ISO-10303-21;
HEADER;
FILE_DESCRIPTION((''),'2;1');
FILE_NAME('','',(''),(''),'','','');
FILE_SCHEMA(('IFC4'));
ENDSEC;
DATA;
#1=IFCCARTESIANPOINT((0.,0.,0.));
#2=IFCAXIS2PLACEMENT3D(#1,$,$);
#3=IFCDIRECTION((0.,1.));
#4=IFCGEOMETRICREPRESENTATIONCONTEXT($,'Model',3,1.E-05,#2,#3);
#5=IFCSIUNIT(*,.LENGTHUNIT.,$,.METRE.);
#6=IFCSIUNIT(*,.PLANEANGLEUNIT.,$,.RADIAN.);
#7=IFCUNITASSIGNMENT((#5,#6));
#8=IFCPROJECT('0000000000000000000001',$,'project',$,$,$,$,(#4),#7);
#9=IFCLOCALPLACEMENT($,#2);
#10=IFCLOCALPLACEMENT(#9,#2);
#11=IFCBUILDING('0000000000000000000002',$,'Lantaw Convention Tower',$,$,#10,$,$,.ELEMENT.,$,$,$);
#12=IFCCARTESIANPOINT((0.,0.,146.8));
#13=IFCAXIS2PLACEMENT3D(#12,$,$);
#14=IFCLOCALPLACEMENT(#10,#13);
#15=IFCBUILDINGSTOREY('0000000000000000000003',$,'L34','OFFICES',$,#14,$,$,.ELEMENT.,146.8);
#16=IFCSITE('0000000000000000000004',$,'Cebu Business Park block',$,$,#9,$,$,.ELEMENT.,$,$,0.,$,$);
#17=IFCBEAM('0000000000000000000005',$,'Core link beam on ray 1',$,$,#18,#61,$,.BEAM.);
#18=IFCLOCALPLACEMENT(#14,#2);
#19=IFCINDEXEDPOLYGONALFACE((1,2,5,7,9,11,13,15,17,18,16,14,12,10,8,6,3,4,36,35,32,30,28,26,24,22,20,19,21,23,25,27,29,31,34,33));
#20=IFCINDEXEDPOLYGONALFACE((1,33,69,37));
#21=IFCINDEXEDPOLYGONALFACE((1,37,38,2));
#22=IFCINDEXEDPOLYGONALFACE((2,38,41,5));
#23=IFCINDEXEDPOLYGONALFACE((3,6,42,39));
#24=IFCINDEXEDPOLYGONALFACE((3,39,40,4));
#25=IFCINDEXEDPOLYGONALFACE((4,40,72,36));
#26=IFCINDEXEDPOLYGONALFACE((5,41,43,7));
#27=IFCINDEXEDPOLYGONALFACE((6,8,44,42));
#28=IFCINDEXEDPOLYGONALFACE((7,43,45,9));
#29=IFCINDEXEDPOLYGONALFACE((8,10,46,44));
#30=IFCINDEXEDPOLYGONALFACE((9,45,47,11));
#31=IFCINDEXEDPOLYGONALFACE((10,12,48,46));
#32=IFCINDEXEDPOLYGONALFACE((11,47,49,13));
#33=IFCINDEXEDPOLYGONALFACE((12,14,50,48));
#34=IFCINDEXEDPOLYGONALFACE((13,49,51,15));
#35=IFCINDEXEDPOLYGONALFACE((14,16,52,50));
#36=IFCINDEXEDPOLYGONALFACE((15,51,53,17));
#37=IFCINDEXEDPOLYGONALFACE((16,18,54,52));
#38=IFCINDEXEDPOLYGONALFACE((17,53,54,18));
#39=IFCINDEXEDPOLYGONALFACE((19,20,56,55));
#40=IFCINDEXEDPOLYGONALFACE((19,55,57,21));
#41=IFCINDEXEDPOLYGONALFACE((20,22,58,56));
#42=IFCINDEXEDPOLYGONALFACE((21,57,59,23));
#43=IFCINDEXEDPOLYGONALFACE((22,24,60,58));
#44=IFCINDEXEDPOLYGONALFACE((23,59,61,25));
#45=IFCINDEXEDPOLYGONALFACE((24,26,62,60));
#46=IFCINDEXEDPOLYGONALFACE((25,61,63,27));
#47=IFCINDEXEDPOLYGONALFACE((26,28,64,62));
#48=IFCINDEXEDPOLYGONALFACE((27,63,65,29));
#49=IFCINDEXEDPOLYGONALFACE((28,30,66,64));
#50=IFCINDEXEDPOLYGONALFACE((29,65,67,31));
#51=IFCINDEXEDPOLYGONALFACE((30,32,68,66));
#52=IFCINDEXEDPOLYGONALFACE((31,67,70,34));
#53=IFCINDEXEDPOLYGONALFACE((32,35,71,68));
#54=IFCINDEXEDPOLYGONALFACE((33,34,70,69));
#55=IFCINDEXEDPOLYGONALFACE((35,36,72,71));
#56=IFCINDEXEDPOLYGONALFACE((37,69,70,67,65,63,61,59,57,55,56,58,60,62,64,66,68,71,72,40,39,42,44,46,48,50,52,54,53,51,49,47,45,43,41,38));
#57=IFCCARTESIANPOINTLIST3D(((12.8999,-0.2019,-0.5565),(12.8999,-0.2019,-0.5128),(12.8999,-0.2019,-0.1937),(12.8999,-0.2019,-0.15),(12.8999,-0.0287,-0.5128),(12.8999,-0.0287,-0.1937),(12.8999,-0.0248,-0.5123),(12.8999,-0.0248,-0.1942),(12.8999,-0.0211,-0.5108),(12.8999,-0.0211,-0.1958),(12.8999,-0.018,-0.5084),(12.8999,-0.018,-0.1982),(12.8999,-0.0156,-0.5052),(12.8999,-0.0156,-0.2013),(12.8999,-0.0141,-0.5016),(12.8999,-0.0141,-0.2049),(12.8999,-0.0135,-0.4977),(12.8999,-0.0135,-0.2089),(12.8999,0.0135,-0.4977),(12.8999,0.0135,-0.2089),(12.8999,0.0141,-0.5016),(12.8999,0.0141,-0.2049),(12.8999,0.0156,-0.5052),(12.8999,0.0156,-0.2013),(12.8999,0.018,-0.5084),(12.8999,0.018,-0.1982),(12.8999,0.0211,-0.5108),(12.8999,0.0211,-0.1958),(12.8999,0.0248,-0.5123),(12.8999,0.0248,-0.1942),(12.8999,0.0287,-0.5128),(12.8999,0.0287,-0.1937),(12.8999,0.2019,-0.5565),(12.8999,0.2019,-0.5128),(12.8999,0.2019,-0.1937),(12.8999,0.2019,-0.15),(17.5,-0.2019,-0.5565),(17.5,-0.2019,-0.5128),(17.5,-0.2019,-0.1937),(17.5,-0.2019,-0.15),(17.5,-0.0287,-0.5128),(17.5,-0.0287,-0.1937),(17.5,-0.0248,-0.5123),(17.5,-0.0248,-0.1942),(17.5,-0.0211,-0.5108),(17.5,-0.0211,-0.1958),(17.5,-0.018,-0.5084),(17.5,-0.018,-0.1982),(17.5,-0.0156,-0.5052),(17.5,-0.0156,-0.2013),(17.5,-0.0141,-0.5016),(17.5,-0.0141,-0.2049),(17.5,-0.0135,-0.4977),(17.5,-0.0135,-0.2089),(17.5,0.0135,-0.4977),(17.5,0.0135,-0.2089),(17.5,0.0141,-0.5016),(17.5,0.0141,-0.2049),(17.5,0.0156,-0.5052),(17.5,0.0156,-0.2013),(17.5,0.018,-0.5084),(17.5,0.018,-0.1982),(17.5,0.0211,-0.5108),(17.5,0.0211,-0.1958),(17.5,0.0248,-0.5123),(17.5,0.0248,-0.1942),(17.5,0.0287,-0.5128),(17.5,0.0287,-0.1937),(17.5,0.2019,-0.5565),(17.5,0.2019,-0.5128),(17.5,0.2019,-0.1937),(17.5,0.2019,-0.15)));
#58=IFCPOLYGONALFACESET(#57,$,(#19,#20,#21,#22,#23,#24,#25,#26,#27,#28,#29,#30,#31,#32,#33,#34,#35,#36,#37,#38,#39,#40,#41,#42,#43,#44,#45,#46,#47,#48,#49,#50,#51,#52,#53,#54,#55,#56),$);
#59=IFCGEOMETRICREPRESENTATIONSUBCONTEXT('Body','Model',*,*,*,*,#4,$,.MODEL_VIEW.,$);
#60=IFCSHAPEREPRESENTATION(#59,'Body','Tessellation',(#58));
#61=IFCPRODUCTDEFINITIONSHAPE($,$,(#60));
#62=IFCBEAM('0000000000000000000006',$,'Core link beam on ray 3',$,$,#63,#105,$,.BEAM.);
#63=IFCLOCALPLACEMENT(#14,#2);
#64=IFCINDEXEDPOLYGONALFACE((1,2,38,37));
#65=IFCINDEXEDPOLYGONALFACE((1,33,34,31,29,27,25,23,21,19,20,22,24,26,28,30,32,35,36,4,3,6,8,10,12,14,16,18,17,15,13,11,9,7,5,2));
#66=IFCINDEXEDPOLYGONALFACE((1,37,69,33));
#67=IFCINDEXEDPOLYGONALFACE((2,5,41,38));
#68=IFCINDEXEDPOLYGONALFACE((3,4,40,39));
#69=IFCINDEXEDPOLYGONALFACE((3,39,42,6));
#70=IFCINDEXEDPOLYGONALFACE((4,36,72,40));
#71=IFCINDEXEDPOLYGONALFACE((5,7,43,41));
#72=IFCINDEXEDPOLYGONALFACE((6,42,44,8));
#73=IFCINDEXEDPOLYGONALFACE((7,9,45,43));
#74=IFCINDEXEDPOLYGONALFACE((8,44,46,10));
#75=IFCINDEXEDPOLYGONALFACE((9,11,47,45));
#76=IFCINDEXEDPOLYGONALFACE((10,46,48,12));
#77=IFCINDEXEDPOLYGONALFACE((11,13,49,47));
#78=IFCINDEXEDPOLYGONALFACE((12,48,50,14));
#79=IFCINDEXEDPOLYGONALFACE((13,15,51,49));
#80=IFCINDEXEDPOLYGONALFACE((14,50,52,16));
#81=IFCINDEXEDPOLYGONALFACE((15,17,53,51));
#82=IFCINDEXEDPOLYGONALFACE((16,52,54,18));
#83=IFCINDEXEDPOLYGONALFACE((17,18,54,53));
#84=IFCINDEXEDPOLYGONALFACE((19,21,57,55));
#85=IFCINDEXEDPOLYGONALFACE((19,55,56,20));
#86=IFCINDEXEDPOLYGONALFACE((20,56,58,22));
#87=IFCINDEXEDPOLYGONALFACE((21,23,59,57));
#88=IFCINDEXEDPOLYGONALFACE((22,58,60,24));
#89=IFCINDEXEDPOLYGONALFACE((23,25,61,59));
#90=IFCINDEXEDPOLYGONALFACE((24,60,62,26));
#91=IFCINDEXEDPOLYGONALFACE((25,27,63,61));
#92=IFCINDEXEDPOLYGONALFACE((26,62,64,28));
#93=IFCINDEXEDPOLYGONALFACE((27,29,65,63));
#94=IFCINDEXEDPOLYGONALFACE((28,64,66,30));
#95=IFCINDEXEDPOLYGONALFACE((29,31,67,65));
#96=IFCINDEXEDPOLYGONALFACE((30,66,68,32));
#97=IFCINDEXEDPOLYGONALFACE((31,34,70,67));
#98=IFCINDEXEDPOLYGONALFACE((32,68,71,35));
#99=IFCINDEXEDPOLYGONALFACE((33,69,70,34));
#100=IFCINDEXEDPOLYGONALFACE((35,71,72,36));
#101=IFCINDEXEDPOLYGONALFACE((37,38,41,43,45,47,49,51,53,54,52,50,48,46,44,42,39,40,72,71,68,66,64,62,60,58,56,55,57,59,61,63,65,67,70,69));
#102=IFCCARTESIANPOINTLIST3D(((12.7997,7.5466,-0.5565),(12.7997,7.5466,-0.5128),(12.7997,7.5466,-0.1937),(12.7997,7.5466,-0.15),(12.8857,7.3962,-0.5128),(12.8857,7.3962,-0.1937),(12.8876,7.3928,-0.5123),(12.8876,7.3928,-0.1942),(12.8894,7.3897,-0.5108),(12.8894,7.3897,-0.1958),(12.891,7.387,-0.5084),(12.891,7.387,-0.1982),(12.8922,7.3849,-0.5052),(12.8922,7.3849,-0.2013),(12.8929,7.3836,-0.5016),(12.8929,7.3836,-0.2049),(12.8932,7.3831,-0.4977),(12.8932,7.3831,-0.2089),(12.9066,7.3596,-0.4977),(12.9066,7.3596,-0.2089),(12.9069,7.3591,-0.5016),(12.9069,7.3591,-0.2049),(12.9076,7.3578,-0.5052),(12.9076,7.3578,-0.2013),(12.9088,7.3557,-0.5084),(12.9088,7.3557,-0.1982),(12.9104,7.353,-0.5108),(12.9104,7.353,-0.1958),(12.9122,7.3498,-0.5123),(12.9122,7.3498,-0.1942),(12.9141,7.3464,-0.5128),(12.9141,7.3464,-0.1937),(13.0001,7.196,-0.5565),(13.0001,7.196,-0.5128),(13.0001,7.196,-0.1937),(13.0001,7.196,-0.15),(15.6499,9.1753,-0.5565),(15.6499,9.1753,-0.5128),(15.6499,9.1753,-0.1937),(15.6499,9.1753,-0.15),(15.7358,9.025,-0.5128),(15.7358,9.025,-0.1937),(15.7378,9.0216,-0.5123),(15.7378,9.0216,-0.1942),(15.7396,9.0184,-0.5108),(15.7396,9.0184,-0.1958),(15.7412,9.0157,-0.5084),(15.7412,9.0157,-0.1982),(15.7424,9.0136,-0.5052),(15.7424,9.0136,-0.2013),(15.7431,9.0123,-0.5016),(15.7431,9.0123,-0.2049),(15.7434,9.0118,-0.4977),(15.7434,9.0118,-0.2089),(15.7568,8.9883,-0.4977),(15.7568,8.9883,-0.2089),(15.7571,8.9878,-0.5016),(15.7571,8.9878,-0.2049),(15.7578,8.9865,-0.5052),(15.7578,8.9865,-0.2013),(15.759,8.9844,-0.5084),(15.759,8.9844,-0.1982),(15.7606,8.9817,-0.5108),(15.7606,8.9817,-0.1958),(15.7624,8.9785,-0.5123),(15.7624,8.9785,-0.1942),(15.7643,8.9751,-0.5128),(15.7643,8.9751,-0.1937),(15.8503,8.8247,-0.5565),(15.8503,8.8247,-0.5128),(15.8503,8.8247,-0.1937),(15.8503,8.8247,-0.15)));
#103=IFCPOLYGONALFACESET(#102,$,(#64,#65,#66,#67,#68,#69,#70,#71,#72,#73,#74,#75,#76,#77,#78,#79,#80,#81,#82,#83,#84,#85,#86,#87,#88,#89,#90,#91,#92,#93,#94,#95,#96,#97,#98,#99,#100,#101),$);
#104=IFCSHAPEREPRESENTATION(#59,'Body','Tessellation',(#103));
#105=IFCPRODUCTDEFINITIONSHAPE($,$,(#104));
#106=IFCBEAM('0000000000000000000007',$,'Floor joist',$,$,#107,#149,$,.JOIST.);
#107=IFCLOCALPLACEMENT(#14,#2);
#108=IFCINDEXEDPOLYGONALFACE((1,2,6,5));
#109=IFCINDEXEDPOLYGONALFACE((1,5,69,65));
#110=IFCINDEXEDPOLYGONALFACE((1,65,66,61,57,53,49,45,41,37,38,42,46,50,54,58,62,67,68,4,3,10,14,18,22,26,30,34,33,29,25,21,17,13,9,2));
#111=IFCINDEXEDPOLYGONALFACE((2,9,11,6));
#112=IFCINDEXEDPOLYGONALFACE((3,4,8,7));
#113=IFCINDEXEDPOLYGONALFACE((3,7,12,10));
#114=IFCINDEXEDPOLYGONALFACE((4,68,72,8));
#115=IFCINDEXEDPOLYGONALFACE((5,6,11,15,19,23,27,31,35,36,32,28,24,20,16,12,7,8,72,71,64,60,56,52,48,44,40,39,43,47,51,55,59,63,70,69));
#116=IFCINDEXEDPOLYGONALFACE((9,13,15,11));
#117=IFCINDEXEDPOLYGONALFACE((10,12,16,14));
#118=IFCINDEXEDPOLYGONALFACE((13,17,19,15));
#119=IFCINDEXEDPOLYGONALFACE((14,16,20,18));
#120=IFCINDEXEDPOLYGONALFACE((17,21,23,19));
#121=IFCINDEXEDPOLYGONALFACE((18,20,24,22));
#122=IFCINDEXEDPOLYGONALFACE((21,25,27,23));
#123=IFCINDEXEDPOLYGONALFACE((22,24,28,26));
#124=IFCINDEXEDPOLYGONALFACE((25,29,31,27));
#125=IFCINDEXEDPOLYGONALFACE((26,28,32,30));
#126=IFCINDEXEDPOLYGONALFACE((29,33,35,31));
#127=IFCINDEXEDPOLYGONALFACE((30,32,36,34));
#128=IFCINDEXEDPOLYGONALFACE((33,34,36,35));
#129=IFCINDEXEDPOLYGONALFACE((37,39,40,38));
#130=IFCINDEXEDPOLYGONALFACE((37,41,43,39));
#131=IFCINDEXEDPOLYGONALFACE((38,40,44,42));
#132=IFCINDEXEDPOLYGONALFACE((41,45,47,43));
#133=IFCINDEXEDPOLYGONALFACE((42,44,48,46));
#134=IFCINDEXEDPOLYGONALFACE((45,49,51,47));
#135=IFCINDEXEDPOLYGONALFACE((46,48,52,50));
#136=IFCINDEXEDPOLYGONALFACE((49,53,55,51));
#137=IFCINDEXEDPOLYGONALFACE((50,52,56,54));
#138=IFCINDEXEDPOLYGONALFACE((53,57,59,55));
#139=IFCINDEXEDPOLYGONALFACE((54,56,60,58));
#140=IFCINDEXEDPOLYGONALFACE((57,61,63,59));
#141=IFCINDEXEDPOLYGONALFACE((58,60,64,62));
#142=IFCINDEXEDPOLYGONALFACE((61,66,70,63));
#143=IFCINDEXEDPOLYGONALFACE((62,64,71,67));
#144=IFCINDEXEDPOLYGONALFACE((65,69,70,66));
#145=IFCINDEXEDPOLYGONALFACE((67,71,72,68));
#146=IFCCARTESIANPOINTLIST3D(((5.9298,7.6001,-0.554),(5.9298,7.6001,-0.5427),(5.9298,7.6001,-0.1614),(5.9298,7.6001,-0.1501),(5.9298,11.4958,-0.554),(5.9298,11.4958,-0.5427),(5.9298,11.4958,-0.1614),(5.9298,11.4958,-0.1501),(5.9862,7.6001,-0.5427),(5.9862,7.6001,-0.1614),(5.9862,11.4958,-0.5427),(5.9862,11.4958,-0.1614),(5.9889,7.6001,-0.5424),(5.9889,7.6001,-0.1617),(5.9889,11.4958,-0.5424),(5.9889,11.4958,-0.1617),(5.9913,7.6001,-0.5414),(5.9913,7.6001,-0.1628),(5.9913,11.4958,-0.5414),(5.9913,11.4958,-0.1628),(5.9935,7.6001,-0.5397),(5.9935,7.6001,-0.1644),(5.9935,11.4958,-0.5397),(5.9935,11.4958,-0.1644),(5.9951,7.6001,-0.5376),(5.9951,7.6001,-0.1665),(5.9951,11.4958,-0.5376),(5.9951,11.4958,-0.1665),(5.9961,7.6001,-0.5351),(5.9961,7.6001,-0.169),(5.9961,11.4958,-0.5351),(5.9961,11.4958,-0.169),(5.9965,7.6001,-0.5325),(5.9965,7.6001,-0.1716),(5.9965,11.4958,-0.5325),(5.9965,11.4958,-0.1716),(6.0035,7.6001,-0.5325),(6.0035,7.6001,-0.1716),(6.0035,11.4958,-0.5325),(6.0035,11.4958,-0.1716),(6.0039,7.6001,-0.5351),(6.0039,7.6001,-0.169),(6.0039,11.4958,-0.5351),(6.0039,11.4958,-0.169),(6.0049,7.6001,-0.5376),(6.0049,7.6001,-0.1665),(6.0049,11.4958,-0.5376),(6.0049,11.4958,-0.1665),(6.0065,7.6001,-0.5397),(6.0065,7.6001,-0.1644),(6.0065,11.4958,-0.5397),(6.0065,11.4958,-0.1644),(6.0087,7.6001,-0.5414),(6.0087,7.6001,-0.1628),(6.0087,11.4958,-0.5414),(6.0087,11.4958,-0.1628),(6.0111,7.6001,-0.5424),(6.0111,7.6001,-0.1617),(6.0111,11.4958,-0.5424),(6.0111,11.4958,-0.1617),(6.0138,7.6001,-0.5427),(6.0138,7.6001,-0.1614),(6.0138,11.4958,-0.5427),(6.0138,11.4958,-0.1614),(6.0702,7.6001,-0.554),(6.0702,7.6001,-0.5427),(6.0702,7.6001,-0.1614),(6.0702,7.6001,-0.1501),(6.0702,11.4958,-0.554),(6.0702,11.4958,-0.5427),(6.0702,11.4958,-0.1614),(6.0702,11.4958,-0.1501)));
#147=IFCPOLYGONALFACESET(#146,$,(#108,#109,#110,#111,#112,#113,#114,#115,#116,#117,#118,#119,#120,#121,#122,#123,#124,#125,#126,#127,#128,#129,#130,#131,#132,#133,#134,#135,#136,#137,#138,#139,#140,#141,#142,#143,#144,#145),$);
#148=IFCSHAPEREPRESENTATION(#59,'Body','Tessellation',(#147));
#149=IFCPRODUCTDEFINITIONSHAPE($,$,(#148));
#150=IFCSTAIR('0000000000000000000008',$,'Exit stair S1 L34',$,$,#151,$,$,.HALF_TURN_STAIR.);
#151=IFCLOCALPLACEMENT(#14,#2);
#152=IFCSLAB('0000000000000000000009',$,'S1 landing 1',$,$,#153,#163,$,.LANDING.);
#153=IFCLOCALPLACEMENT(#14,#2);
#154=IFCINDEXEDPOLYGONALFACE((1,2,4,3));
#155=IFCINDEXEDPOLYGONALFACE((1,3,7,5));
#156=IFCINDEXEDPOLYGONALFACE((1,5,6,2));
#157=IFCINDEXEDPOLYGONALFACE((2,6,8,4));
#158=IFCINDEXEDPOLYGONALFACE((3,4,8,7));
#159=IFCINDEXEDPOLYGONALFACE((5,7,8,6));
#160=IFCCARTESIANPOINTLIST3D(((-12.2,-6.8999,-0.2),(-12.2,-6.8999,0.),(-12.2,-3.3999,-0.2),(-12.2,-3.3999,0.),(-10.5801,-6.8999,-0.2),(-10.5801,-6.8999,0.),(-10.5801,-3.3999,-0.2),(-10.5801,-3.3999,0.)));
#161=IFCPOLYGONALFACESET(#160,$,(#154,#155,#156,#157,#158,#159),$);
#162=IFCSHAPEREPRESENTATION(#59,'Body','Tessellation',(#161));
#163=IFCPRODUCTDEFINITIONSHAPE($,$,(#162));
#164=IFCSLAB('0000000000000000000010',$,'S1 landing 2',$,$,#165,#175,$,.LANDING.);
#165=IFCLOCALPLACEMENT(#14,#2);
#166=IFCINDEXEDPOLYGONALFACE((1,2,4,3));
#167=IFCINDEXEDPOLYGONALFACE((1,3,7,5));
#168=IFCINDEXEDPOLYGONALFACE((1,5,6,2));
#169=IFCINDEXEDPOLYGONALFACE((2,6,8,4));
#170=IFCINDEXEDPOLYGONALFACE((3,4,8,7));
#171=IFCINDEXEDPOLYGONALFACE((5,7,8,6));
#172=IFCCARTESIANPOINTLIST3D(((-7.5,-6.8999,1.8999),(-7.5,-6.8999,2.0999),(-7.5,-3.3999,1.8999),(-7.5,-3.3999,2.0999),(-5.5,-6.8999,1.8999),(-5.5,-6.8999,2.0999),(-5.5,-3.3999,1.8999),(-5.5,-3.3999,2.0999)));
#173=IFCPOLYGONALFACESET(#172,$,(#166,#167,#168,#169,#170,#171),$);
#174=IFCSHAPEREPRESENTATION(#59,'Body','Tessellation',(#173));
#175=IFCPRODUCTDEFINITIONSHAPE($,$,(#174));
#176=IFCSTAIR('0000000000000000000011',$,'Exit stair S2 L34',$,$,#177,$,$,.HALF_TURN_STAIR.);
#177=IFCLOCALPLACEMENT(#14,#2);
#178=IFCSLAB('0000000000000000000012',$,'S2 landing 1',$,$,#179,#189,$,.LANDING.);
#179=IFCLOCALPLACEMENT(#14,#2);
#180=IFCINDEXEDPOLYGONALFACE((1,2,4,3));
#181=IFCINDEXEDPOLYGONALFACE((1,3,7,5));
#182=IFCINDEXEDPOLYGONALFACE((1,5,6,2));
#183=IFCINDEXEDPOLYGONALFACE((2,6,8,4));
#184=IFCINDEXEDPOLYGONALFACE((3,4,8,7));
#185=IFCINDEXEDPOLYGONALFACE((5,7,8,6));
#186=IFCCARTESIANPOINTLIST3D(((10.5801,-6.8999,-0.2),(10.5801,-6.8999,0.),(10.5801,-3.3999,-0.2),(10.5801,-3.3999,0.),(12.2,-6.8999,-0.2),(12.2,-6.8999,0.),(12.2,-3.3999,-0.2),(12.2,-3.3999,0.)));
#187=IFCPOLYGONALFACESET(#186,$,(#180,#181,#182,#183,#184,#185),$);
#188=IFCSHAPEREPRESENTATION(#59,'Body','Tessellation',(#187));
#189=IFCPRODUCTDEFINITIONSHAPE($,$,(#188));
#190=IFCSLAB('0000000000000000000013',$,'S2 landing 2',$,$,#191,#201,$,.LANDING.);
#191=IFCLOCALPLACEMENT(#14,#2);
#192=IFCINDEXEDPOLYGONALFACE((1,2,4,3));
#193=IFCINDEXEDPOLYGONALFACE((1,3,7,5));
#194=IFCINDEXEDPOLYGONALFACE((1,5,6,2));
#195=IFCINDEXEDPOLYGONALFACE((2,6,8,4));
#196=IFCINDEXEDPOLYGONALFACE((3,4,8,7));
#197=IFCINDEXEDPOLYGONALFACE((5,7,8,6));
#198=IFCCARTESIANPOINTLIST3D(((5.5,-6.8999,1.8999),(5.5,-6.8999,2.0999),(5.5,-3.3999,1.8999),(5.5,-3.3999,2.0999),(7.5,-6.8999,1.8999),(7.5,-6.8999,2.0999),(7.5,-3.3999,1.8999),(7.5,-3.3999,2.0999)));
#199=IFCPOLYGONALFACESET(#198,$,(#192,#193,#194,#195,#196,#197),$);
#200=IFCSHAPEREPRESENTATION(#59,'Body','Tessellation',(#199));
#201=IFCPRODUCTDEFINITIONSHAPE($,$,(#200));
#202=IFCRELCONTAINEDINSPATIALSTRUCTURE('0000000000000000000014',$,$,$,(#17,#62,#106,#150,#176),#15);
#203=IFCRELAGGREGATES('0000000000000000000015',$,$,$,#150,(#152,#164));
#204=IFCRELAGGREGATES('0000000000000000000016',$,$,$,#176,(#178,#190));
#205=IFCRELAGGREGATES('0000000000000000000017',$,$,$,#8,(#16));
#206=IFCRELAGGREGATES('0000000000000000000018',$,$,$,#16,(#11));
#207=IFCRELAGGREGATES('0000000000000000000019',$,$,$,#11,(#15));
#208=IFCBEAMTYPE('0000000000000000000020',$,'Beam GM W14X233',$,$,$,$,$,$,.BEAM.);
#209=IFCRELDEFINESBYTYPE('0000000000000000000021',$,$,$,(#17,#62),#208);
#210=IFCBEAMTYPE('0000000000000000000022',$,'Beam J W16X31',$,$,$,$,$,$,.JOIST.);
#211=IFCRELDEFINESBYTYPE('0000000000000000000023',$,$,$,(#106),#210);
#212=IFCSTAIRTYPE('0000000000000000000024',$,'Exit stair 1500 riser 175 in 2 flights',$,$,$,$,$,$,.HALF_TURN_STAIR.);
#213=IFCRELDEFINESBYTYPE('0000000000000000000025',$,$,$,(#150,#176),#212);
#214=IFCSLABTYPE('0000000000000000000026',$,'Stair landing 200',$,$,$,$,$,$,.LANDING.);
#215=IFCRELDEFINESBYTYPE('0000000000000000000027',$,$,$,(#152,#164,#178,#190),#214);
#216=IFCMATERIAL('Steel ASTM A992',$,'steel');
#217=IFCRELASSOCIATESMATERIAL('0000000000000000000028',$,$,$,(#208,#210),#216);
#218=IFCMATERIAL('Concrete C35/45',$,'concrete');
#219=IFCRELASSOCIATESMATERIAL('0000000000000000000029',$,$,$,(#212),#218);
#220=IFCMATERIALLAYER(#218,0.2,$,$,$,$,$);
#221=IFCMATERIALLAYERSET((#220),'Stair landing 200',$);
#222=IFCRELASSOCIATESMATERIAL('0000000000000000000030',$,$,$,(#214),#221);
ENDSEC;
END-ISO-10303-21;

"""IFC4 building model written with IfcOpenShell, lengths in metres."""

from ifc_helpers import new_model, si_unit, direction, frame, origin, origin_2d, place, context, subcontext, project, spatial, polyline, i_section, outline, extrude, material, layer, layer_set, material_profile, profile_set, type_object, element, aggregate, save


model = new_model("IFC4")

# Units and contexts
model_context = context("Model", 3, precision=1e-05, world=origin(), true_north=direction((0.0, 1.0)))
body_context = subcontext(model_context, "Body", "Model", "MODEL_VIEW")
ifc_project = project(units=[si_unit("LENGTHUNIT", "METRE"), si_unit("PLANEANGLEUNIT", "RADIAN")], contexts=[model_context])

# Site, building, storey
site_placement = place(None, origin())
site = spatial("IfcSite", under=ifc_project, at=site_placement, Name="Cebu Business Park block", CompositionType="ELEMENT", RefElevation=0.0)
building_placement = place(site_placement, origin())
building = spatial("IfcBuilding", under=site, at=building_placement, Name="Lantaw Convention Tower", CompositionType="ELEMENT")
storey_placement = place(building_placement, frame((0.0, 0.0, 146.8)))
storey = spatial("IfcBuildingStorey", under=building, at=storey_placement, Name="L34", Description="OFFICES", CompositionType="ELEMENT", Elevation=146.8)

# Beams
ifc_material_1 = material(Name="Steel ASTM A992", Category="steel")
ifc_material_profile_1 = material_profile(ifc_material_1, i_section(OverallWidth=0.4038, OverallDepth=0.4065, WebThickness=0.0271, FlangeThickness=0.0437, FilletRadius=0.0151, at=origin_2d()), Name="W14X233")
ifc_profile_set_1 = profile_set([ifc_material_profile_1], Name="Steel ASTM A992")
beam_type_1 = type_object("IfcBeamType", Name="Beam GM W14X233", PredefinedType="BEAM", material=ifc_profile_set_1)
beam_1_placement = place(storey_placement, frame((12.8999, 0.0, -0.3533), z_axis=(1.0, 0.0, 0.0), x_axis=(0.0, 1.0, 0.0)))
element("IfcBeam", 1, at=beam_1_placement, inside=storey, type_object=beam_type_1, Name="Core link beam on ray 1", PredefinedType="BEAM", context=body_context, shape_type="SweptSolid", body=[
    extrude(i_section(OverallWidth=0.4038, OverallDepth=0.4065, WebThickness=0.0271, FlangeThickness=0.0437, FilletRadius=0.0151, at=origin_2d()), origin(), (0.0, 0.0, 1.0), 4.6001),
])
beam_2_placement = place(storey_placement, frame((12.8999, 7.3713, -0.3533), z_axis=(0.868239, 0.496147, 0.0), x_axis=(-0.496147, 0.868239, 0.0)))
element("IfcBeam", 2, at=beam_2_placement, inside=storey, type_object=beam_type_1, Name="Core link beam on ray 3", PredefinedType="BEAM", context=body_context, shape_type="SweptSolid", body=[
    extrude(i_section(OverallWidth=0.4038, OverallDepth=0.4065, WebThickness=0.0271, FlangeThickness=0.0437, FilletRadius=0.0151, at=origin_2d()), origin(), (0.0, 0.0, 1.0), 3.2827),
])
ifc_material_profile_2 = material_profile(ifc_material_1, i_section(OverallWidth=0.1404, OverallDepth=0.4038, WebThickness=0.0071, FlangeThickness=0.0112, FilletRadius=0.0103, at=origin_2d()), Name="W16X31")
ifc_profile_set_2 = profile_set([ifc_material_profile_2], Name="Steel ASTM A992")
beam_type_2 = type_object("IfcBeamType", Name="Beam J W16X31", PredefinedType="JOIST", material=ifc_profile_set_2)
beam_3_placement = place(storey_placement, frame((6.0, 7.6001, -0.3521), z_axis=(0.0, 1.0, 0.0), x_axis=(-1.0, 0.0, 0.0)))
element("IfcBeam", 3, at=beam_3_placement, inside=storey, type_object=beam_type_2, Name="Floor joist", PredefinedType="JOIST", context=body_context, shape_type="SweptSolid", body=[
    extrude(i_section(OverallWidth=0.1404, OverallDepth=0.4038, WebThickness=0.0071, FlangeThickness=0.0112, FilletRadius=0.0103, at=origin_2d()), origin(), (0.0, 0.0, 1.0), 3.8958),
])

# Stairs, slabs
ifc_material_2 = material(Name="Concrete C35/45", Category="concrete")
stair_type = type_object("IfcStairType", Name="Exit stair 1500 riser 175 in 2 flights", PredefinedType="HALF_TURN_STAIR", material=ifc_material_2)
stair_1_placement = place(storey_placement, origin())
stair_1 = element("IfcStair", 4, at=stair_1_placement, inside=storey, type_object=stair_type, Name="Exit stair S1 L34", PredefinedType="HALF_TURN_STAIR")
ifc_layer_1 = layer(ifc_material_2, 0.2)
ifc_layer_set_1 = layer_set([ifc_layer_1], Name="Stair landing 200")
slab_type = type_object("IfcSlabType", Name="Stair landing 200", PredefinedType="LANDING", material=ifc_layer_set_1)
slab_1_placement = place(storey_placement, frame((0.0, 0.0, -0.2)))
slab_1 = element("IfcSlab", 5, at=slab_1_placement, type_object=slab_type, Name="S1 landing 1", PredefinedType="LANDING", context=body_context, shape_type="SweptSolid", body=[
    extrude(outline(polyline([(-12.2, -6.8999), (-10.5801, -6.8999), (-10.5801, -3.3999), (-12.2, -3.3999), (-12.2, -6.8999)])), origin(), (0.0, 0.0, 1.0), 0.2),
])
slab_2_placement = place(storey_placement, frame((0.0, 0.0, 1.8999)))
slab_2 = element("IfcSlab", 6, at=slab_2_placement, type_object=slab_type, Name="S1 landing 2", PredefinedType="LANDING", context=body_context, shape_type="SweptSolid", body=[
    extrude(outline(polyline([(-7.5, -6.8999), (-5.5, -6.8999), (-5.5, -3.3999), (-7.5, -3.3999), (-7.5, -6.8999)])), origin(), (0.0, 0.0, 1.0), 0.2),
])
aggregate(stair_1, [slab_1, slab_2])
stair_2_placement = place(storey_placement, origin())
stair_2 = element("IfcStair", 7, at=stair_2_placement, inside=storey, type_object=stair_type, Name="Exit stair S2 L34", PredefinedType="HALF_TURN_STAIR")
slab_3_placement = place(storey_placement, frame((0.0, 0.0, -0.2)))
slab_3 = element("IfcSlab", 8, at=slab_3_placement, type_object=slab_type, Name="S2 landing 1", PredefinedType="LANDING", context=body_context, shape_type="SweptSolid", body=[
    extrude(outline(polyline([(10.5801, -6.8999), (12.2, -6.8999), (12.2, -3.3999), (10.5801, -3.3999), (10.5801, -6.8999)])), origin(), (0.0, 0.0, 1.0), 0.2),
])
slab_4_placement = place(storey_placement, frame((0.0, 0.0, 1.8999)))
slab_4 = element("IfcSlab", 9, at=slab_4_placement, type_object=slab_type, Name="S2 landing 2", PredefinedType="LANDING", context=body_context, shape_type="SweptSolid", body=[
    extrude(outline(polyline([(5.5, -6.8999), (7.5, -6.8999), (7.5, -3.3999), (5.5, -3.3999), (5.5, -6.8999)])), origin(), (0.0, 0.0, 1.0), 0.2),
])
aggregate(stair_2, [slab_3, slab_4])

save(model, "model.ifc")
